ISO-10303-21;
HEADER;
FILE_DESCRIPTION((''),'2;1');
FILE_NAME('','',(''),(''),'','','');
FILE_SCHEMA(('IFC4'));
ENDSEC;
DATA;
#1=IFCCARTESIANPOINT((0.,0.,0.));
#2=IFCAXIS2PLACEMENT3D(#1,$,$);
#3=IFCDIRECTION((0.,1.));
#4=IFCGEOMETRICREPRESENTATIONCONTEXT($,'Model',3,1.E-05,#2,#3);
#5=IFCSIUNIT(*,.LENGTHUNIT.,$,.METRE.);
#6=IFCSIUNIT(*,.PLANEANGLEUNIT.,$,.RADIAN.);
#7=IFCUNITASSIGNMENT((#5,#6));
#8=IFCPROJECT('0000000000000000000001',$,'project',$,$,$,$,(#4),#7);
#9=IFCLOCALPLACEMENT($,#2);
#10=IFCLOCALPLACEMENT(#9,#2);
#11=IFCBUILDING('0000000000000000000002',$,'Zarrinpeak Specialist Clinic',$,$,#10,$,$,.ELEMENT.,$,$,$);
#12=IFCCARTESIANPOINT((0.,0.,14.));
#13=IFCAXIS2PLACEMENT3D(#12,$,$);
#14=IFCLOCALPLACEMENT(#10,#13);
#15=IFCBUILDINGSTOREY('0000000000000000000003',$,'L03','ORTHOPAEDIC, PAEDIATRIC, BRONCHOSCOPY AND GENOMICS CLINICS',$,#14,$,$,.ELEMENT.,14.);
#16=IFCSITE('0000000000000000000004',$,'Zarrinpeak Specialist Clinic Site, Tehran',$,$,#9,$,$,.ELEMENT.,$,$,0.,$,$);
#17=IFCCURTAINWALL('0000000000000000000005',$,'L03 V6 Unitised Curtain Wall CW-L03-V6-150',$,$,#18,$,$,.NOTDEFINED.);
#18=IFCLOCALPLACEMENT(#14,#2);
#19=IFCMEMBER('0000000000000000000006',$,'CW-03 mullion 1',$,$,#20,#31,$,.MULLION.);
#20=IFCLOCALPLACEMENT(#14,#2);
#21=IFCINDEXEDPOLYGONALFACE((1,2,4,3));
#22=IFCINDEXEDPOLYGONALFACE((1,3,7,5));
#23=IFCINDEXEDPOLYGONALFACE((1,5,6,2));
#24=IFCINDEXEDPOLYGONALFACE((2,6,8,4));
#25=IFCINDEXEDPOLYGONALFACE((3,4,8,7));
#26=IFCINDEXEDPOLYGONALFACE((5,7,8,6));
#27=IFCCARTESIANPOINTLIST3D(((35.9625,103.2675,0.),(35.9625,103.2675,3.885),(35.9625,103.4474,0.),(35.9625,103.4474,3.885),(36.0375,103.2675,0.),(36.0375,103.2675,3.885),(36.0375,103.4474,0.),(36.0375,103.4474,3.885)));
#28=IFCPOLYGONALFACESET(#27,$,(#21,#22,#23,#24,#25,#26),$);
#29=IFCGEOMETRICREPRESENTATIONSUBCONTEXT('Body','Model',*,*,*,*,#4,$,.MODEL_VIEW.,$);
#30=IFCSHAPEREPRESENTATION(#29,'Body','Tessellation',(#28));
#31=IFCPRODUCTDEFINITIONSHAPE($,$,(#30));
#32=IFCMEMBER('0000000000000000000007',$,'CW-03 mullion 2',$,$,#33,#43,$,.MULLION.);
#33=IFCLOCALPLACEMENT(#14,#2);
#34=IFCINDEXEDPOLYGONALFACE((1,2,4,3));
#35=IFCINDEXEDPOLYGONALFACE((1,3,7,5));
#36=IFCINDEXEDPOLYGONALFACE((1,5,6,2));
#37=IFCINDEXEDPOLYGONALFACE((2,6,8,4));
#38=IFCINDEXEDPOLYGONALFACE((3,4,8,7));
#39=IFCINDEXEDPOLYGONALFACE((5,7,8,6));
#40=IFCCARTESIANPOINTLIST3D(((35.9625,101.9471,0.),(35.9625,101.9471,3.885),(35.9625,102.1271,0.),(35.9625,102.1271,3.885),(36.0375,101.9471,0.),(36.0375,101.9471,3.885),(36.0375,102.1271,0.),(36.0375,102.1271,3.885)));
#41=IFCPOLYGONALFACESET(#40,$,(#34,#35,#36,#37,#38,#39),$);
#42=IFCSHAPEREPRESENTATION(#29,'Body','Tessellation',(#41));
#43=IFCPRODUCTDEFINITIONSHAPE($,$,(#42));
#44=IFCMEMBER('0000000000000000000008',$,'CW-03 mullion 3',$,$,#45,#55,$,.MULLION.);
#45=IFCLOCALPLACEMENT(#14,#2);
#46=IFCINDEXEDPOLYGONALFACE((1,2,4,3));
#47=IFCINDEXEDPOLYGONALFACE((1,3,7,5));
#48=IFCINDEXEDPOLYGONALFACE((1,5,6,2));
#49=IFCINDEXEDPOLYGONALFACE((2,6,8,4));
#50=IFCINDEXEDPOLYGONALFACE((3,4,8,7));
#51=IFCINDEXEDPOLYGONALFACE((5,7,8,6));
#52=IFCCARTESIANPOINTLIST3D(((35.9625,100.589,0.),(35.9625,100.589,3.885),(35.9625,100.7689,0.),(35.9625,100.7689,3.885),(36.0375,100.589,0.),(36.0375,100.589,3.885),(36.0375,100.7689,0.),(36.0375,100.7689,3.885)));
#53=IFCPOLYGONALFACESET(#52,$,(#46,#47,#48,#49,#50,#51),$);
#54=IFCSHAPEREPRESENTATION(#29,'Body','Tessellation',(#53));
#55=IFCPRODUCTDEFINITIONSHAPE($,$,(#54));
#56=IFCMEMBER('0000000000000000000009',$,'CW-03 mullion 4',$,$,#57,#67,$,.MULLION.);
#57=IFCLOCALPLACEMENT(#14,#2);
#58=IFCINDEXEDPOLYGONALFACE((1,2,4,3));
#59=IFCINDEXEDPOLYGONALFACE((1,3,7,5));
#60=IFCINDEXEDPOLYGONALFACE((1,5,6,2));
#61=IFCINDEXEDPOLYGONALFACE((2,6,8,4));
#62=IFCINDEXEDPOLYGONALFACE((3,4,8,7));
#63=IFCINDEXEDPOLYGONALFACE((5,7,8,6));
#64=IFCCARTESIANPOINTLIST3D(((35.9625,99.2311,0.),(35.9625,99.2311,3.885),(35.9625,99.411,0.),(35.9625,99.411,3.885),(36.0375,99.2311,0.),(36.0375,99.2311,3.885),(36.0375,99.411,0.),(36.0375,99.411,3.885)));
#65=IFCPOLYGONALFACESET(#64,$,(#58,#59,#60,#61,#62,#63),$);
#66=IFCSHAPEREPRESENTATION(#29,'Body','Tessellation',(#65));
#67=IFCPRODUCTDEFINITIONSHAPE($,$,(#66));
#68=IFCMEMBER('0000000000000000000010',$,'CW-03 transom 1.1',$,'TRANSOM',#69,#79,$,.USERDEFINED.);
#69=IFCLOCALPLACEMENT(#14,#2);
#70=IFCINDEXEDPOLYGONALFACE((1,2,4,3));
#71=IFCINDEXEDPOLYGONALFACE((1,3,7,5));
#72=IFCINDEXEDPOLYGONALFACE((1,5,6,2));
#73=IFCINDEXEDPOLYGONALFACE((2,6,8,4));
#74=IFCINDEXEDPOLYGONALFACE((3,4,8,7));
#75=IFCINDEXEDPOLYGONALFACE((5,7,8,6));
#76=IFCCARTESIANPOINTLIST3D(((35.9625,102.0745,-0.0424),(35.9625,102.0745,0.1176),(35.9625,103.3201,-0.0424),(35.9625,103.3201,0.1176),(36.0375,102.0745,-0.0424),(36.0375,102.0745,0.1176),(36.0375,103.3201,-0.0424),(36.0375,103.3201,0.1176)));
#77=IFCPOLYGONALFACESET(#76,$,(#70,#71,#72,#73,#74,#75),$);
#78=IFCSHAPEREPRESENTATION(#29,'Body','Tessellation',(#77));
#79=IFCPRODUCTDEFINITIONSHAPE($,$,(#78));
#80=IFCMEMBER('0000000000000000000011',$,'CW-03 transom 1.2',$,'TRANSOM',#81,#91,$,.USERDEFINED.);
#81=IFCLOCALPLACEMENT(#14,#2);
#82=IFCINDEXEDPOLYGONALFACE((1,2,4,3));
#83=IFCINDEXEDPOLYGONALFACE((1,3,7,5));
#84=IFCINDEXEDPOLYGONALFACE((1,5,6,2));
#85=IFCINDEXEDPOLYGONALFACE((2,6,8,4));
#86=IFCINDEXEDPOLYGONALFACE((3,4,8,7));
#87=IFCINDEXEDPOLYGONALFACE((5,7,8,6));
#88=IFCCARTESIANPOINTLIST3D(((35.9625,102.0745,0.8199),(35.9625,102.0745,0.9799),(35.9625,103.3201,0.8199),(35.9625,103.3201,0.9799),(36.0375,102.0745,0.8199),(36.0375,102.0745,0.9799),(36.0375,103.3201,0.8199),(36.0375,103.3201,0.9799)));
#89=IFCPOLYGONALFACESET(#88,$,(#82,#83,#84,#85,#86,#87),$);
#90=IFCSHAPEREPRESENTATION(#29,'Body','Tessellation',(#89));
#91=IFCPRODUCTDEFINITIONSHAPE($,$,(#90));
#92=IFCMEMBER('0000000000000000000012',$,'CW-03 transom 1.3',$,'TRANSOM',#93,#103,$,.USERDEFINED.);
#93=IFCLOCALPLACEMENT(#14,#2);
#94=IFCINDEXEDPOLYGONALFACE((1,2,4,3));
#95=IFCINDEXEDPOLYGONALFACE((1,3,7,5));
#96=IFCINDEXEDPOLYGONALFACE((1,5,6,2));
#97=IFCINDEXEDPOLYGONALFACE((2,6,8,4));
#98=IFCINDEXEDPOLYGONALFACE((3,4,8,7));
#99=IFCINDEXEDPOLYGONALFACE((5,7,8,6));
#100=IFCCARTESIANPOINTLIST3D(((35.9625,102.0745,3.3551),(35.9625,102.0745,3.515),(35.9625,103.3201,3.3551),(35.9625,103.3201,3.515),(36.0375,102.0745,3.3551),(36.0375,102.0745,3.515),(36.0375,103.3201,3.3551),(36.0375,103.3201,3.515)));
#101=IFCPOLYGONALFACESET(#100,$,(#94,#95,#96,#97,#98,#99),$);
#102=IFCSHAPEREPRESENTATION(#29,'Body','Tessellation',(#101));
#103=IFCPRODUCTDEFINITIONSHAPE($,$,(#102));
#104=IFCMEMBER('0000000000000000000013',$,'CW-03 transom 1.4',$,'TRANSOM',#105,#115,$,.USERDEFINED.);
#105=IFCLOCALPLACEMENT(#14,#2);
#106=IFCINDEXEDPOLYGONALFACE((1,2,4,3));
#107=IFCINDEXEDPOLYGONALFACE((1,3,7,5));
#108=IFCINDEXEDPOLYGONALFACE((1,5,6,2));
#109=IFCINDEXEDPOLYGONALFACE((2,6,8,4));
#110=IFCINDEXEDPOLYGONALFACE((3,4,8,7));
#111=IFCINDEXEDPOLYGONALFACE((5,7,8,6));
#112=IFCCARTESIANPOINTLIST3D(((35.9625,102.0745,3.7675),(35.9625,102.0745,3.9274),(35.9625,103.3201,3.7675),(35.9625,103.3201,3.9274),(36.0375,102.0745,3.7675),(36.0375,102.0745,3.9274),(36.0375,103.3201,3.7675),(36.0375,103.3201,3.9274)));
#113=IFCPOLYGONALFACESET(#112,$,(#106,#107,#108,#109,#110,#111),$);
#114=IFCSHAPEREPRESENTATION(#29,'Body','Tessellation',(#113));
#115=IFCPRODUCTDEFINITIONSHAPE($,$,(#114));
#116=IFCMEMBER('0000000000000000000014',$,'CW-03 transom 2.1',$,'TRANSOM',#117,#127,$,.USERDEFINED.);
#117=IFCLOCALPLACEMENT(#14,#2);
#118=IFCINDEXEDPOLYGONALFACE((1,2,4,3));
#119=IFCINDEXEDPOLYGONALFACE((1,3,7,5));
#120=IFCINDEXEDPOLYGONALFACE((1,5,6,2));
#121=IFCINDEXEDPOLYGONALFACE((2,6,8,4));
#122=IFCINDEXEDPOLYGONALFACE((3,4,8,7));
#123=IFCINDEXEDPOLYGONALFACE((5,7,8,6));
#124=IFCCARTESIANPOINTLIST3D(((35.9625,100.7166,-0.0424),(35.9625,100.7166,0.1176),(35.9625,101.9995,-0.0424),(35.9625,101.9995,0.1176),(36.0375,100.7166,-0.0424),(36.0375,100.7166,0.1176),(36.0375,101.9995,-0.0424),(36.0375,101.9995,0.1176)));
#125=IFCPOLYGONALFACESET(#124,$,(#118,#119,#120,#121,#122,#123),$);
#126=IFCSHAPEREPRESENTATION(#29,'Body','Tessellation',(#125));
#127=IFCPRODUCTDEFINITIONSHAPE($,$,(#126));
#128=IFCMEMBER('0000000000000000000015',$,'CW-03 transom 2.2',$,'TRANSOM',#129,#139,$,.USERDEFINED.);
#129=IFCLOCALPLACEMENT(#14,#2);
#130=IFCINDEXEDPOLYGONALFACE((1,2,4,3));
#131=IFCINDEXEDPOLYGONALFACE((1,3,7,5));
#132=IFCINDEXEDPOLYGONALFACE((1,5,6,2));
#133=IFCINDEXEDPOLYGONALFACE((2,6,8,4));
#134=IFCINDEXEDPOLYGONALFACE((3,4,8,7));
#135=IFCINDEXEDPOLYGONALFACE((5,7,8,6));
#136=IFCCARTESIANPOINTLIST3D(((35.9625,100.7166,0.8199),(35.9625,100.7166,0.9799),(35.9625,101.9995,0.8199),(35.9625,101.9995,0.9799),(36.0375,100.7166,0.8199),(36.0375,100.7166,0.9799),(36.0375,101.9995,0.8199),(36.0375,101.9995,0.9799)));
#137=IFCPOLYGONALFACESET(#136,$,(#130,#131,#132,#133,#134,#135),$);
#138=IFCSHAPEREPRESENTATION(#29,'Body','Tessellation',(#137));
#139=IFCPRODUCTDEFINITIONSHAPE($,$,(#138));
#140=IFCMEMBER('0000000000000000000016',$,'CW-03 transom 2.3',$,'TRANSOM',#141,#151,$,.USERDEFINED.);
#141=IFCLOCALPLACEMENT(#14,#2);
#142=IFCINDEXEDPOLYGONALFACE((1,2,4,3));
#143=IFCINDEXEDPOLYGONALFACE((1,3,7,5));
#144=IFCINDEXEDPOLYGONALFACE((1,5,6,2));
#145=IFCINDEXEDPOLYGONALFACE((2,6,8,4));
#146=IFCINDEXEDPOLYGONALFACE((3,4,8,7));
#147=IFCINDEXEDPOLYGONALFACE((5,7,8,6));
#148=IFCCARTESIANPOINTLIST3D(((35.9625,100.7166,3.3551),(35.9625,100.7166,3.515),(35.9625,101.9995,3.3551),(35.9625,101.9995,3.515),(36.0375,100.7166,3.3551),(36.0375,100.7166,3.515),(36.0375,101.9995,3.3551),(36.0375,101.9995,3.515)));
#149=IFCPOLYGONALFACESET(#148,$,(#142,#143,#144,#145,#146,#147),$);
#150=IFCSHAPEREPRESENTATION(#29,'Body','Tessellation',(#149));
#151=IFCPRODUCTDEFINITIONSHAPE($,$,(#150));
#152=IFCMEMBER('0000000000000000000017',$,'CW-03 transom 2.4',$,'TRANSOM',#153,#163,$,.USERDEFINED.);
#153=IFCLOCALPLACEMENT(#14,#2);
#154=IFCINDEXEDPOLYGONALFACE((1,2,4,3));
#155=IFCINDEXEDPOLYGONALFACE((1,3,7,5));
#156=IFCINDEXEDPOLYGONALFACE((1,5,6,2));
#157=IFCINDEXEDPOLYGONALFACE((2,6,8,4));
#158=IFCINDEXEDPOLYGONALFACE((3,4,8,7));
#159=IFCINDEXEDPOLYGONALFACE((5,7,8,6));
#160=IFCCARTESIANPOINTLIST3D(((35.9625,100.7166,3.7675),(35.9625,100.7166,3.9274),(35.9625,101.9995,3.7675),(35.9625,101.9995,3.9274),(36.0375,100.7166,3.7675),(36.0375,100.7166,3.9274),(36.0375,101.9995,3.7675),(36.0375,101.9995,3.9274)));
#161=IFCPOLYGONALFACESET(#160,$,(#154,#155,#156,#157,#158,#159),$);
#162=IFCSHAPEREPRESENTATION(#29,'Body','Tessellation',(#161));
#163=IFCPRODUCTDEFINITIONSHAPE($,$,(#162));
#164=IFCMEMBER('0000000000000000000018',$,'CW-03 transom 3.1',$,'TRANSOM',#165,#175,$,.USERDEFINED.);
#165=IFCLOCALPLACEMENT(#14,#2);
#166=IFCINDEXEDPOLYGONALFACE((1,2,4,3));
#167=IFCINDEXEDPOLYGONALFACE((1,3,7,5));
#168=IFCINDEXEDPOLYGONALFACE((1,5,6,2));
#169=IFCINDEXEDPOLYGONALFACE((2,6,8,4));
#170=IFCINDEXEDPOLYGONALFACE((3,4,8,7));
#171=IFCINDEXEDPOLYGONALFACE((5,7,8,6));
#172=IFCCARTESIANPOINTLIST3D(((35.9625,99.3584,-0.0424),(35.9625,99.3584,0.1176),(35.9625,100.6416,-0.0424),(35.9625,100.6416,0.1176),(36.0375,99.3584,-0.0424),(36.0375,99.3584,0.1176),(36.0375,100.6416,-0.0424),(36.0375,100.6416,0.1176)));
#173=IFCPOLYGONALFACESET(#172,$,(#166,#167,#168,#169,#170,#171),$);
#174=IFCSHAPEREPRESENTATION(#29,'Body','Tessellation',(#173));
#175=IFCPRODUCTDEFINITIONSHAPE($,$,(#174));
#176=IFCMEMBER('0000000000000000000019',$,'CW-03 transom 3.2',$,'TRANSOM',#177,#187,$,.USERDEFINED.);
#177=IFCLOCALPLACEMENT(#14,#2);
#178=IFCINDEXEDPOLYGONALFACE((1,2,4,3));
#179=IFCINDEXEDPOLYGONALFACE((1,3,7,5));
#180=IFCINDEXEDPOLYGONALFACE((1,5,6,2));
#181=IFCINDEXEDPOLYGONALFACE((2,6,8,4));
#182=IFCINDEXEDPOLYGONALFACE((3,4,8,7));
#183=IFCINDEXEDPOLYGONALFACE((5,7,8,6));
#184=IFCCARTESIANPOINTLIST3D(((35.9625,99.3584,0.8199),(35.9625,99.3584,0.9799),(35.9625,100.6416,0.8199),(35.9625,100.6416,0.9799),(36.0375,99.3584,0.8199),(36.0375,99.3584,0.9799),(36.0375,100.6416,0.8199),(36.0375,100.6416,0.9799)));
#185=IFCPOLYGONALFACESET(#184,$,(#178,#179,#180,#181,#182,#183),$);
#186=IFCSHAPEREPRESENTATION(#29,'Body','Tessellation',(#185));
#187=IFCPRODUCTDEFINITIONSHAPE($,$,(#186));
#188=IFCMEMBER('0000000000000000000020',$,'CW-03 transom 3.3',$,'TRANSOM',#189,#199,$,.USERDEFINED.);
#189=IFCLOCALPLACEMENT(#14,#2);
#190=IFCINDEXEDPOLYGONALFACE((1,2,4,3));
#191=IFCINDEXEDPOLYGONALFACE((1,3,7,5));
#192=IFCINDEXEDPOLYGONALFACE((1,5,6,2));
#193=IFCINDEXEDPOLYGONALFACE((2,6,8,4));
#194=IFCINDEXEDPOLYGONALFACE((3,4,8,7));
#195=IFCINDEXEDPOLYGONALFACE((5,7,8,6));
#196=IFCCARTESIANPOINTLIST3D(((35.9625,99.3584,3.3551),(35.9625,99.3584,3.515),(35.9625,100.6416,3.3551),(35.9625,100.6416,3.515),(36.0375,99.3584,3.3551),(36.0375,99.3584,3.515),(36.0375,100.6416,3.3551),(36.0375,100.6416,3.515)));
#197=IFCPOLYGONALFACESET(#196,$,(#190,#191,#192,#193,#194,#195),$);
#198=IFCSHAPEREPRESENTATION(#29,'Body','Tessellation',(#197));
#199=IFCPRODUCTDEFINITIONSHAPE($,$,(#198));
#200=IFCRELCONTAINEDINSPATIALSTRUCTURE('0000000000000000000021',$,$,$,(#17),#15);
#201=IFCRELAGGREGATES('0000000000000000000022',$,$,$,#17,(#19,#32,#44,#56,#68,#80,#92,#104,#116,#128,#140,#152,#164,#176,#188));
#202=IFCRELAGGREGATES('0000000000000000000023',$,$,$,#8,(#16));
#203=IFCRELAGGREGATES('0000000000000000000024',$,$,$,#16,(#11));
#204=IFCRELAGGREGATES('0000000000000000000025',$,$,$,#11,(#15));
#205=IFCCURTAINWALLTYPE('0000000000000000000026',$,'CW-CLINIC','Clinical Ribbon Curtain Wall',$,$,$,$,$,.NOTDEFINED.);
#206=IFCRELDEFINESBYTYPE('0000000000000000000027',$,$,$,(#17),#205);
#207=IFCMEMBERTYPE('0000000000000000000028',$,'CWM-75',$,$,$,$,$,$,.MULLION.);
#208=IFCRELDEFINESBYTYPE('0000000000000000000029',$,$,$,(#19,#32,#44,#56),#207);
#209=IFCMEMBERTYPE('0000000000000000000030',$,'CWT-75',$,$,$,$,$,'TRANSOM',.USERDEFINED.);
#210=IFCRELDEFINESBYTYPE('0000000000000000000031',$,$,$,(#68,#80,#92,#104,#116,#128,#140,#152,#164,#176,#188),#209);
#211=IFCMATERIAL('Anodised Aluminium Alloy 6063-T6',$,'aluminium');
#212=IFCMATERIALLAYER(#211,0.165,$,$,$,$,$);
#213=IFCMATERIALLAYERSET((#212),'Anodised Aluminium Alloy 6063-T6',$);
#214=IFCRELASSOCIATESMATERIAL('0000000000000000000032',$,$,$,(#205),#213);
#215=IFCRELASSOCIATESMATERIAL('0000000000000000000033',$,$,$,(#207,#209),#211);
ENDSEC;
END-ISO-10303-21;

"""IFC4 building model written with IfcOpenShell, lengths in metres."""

from ifc_helpers import new_model, si_unit, direction, frame, origin, origin_2d, place, context, subcontext, project, spatial, rectangle, extrude, material, layer, layer_set, material_profile, profile_set, type_object, element, aggregate, save


model = new_model("IFC4")

# Units and contexts
model_context = context("Model", 3, precision=1e-05, world=origin(), true_north=direction((0.0, 1.0)))
body_context = subcontext(model_context, "Body", "Model", "MODEL_VIEW")
ifc_project = project(units=[si_unit("LENGTHUNIT", "METRE"), si_unit("PLANEANGLEUNIT", "RADIAN")], contexts=[model_context])

# Site, building, storey
site_placement = place(None, origin())
site = spatial("IfcSite", under=ifc_project, at=site_placement, Name="Zarrinpeak Specialist Clinic Site, Tehran", CompositionType="ELEMENT", RefElevation=0.0)
building_placement = place(site_placement, origin())
building = spatial("IfcBuilding", under=site, at=building_placement, Name="Zarrinpeak Specialist Clinic", CompositionType="ELEMENT")
storey_placement = place(building_placement, frame((0.0, 0.0, 14.0)))
storey = spatial("IfcBuildingStorey", under=building, at=storey_placement, Name="L03", Description="ORTHOPAEDIC, PAEDIATRIC, BRONCHOSCOPY AND GENOMICS CLINICS", CompositionType="ELEMENT", Elevation=14.0)

# Curtain wall, members
ifc_material_1 = material(Name="Anodised Aluminium Alloy 6063-T6", Category="aluminium")
ifc_layer_1 = layer(ifc_material_1, 0.165)
ifc_layer_set_1 = layer_set([ifc_layer_1], Name="Anodised Aluminium Alloy 6063-T6")
curtain_wall_type = type_object("IfcCurtainWallType", Name="CW-CLINIC", Description="Clinical Ribbon Curtain Wall", PredefinedType="NOTDEFINED", material=ifc_layer_set_1)
curtain_wall_placement = place(storey_placement, origin())
curtain_wall = element("IfcCurtainWall", 1, at=curtain_wall_placement, inside=storey, type_object=curtain_wall_type, Name="L03 V6 Unitised Curtain Wall CW-L03-V6-150", PredefinedType="NOTDEFINED")
ifc_material_profile_1 = material_profile(ifc_material_1, rectangle(XDim=0.075, YDim=0.1799, at=origin_2d()), Name="ALU 75x180")
ifc_profile_set_1 = profile_set([ifc_material_profile_1], Name="Anodised Aluminium Alloy 6063-T6")
member_type_1 = type_object("IfcMemberType", Name="CWM-75", PredefinedType="MULLION", material=ifc_profile_set_1)
member_1_placement = place(storey_placement, frame((36.0, 103.3574, 0.0), z_axis=(0.0, 0.0, 1.0), x_axis=(1.0, 0.0, 0.0)))
member_1 = element("IfcMember", 2, at=member_1_placement, type_object=member_type_1, Name="CW-03 mullion 1", PredefinedType="MULLION", context=body_context, shape_type="SweptSolid", body=[
    extrude(rectangle(XDim=0.075, YDim=0.1799, at=origin_2d()), origin(), (0.0, 0.0, 1.0), 3.885),
])
member_2_placement = place(storey_placement, frame((36.0, 102.0371, 0.0), z_axis=(0.0, 0.0, 1.0), x_axis=(1.0, 0.0, 0.0)))
member_2 = element("IfcMember", 3, at=member_2_placement, type_object=member_type_1, Name="CW-03 mullion 2", PredefinedType="MULLION", context=body_context, shape_type="SweptSolid", body=[
    extrude(rectangle(XDim=0.075, YDim=0.1799, at=origin_2d()), origin(), (0.0, 0.0, 1.0), 3.885),
])
member_3_placement = place(storey_placement, frame((36.0, 100.679, 0.0), z_axis=(0.0, 0.0, 1.0), x_axis=(1.0, 0.0, 0.0)))
member_3 = element("IfcMember", 4, at=member_3_placement, type_object=member_type_1, Name="CW-03 mullion 3", PredefinedType="MULLION", context=body_context, shape_type="SweptSolid", body=[
    extrude(rectangle(XDim=0.075, YDim=0.1799, at=origin_2d()), origin(), (0.0, 0.0, 1.0), 3.885),
])
member_4_placement = place(storey_placement, frame((36.0, 99.321, 0.0), z_axis=(0.0, 0.0, 1.0), x_axis=(1.0, 0.0, 0.0)))
member_4 = element("IfcMember", 5, at=member_4_placement, type_object=member_type_1, Name="CW-03 mullion 4", PredefinedType="MULLION", context=body_context, shape_type="SweptSolid", body=[
    extrude(rectangle(XDim=0.075, YDim=0.1799, at=origin_2d()), origin(), (0.0, 0.0, 1.0), 3.885),
])
ifc_material_profile_2 = material_profile(ifc_material_1, rectangle(XDim=0.075, YDim=0.1599, at=origin_2d()), Name="ALU 75x160")
ifc_profile_set_2 = profile_set([ifc_material_profile_2], Name="Anodised Aluminium Alloy 6063-T6")
member_type_2 = type_object("IfcMemberType", Name="CWT-75", ElementType="TRANSOM", PredefinedType="USERDEFINED", material=ifc_profile_set_2)
member_5_placement = place(storey_placement, frame((36.0, 103.3201, 0.0376), z_axis=(0.0, -1.0, 0.0), x_axis=(1.0, 0.0, 0.0)))
member_5 = element("IfcMember", 6, at=member_5_placement, type_object=member_type_2, Name="CW-03 transom 1.1", ObjectType="TRANSOM", PredefinedType="USERDEFINED", context=body_context, shape_type="SweptSolid", body=[
    extrude(rectangle(XDim=0.075, YDim=0.1599, at=origin_2d()), origin(), (0.0, 0.0, 1.0), 1.2456),
])
member_6_placement = place(storey_placement, frame((36.0, 103.3201, 0.8999), z_axis=(0.0, -1.0, 0.0), x_axis=(1.0, 0.0, 0.0)))
member_6 = element("IfcMember", 7, at=member_6_placement, type_object=member_type_2, Name="CW-03 transom 1.2", ObjectType="TRANSOM", PredefinedType="USERDEFINED", context=body_context, shape_type="SweptSolid", body=[
    extrude(rectangle(XDim=0.075, YDim=0.1599, at=origin_2d()), origin(), (0.0, 0.0, 1.0), 1.2456),
])
member_7_placement = place(storey_placement, frame((36.0, 103.3201, 3.4351), z_axis=(0.0, -1.0, 0.0), x_axis=(1.0, 0.0, 0.0)))
member_7 = element("IfcMember", 8, at=member_7_placement, type_object=member_type_2, Name="CW-03 transom 1.3", ObjectType="TRANSOM", PredefinedType="USERDEFINED", context=body_context, shape_type="SweptSolid", body=[
    extrude(rectangle(XDim=0.075, YDim=0.1599, at=origin_2d()), origin(), (0.0, 0.0, 1.0), 1.2456),
])
member_8_placement = place(storey_placement, frame((36.0, 103.3201, 3.8474), z_axis=(0.0, -1.0, 0.0), x_axis=(1.0, 0.0, 0.0)))
member_8 = element("IfcMember", 9, at=member_8_placement, type_object=member_type_2, Name="CW-03 transom 1.4", ObjectType="TRANSOM", PredefinedType="USERDEFINED", context=body_context, shape_type="SweptSolid", body=[
    extrude(rectangle(XDim=0.075, YDim=0.1599, at=origin_2d()), origin(), (0.0, 0.0, 1.0), 1.2456),
])
member_9_placement = place(storey_placement, frame((36.0, 101.9995, 0.0376), z_axis=(0.0, -1.0, 0.0), x_axis=(1.0, 0.0, 0.0)))
member_9 = element("IfcMember", 10, at=member_9_placement, type_object=member_type_2, Name="CW-03 transom 2.1", ObjectType="TRANSOM", PredefinedType="USERDEFINED", context=body_context, shape_type="SweptSolid", body=[
    extrude(rectangle(XDim=0.075, YDim=0.1599, at=origin_2d()), origin(), (0.0, 0.0, 1.0), 1.283),
])
member_10_placement = place(storey_placement, frame((36.0, 101.9995, 0.8999), z_axis=(0.0, -1.0, 0.0), x_axis=(1.0, 0.0, 0.0)))
member_10 = element("IfcMember", 11, at=member_10_placement, type_object=member_type_2, Name="CW-03 transom 2.2", ObjectType="TRANSOM", PredefinedType="USERDEFINED", context=body_context, shape_type="SweptSolid", body=[
    extrude(rectangle(XDim=0.075, YDim=0.1599, at=origin_2d()), origin(), (0.0, 0.0, 1.0), 1.283),
])
member_11_placement = place(storey_placement, frame((36.0, 101.9995, 3.4351), z_axis=(0.0, -1.0, 0.0), x_axis=(1.0, 0.0, 0.0)))
member_11 = element("IfcMember", 12, at=member_11_placement, type_object=member_type_2, Name="CW-03 transom 2.3", ObjectType="TRANSOM", PredefinedType="USERDEFINED", context=body_context, shape_type="SweptSolid", body=[
    extrude(rectangle(XDim=0.075, YDim=0.1599, at=origin_2d()), origin(), (0.0, 0.0, 1.0), 1.283),
])
member_12_placement = place(storey_placement, frame((36.0, 101.9995, 3.8474), z_axis=(0.0, -1.0, 0.0), x_axis=(1.0, 0.0, 0.0)))
member_12 = element("IfcMember", 13, at=member_12_placement, type_object=member_type_2, Name="CW-03 transom 2.4", ObjectType="TRANSOM", PredefinedType="USERDEFINED", context=body_context, shape_type="SweptSolid", body=[
    extrude(rectangle(XDim=0.075, YDim=0.1599, at=origin_2d()), origin(), (0.0, 0.0, 1.0), 1.283),
])
member_13_placement = place(storey_placement, frame((36.0, 100.6416, 0.0376), z_axis=(0.0, -1.0, 0.0), x_axis=(1.0, 0.0, 0.0)))
member_13 = element("IfcMember", 14, at=member_13_placement, type_object=member_type_2, Name="CW-03 transom 3.1", ObjectType="TRANSOM", PredefinedType="USERDEFINED", context=body_context, shape_type="SweptSolid", body=[
    extrude(rectangle(XDim=0.075, YDim=0.1599, at=origin_2d()), origin(), (0.0, 0.0, 1.0), 1.2832),
])
member_14_placement = place(storey_placement, frame((36.0, 100.6416, 0.8999), z_axis=(0.0, -1.0, 0.0), x_axis=(1.0, 0.0, 0.0)))
member_14 = element("IfcMember", 15, at=member_14_placement, type_object=member_type_2, Name="CW-03 transom 3.2", ObjectType="TRANSOM", PredefinedType="USERDEFINED", context=body_context, shape_type="SweptSolid", body=[
    extrude(rectangle(XDim=0.075, YDim=0.1599, at=origin_2d()), origin(), (0.0, 0.0, 1.0), 1.2832),
])
member_15_placement = place(storey_placement, frame((36.0, 100.6416, 3.4351), z_axis=(0.0, -1.0, 0.0), x_axis=(1.0, 0.0, 0.0)))
member_15 = element("IfcMember", 16, at=member_15_placement, type_object=member_type_2, Name="CW-03 transom 3.3", ObjectType="TRANSOM", PredefinedType="USERDEFINED", context=body_context, shape_type="SweptSolid", body=[
    extrude(rectangle(XDim=0.075, YDim=0.1599, at=origin_2d()), origin(), (0.0, 0.0, 1.0), 1.2832),
])
aggregate(curtain_wall, [member_1, member_2, member_3, member_4, member_5, member_6, member_7, member_8, member_9, member_10, member_11, member_12, member_13, member_14, member_15])

save(model, "model.ifc")
